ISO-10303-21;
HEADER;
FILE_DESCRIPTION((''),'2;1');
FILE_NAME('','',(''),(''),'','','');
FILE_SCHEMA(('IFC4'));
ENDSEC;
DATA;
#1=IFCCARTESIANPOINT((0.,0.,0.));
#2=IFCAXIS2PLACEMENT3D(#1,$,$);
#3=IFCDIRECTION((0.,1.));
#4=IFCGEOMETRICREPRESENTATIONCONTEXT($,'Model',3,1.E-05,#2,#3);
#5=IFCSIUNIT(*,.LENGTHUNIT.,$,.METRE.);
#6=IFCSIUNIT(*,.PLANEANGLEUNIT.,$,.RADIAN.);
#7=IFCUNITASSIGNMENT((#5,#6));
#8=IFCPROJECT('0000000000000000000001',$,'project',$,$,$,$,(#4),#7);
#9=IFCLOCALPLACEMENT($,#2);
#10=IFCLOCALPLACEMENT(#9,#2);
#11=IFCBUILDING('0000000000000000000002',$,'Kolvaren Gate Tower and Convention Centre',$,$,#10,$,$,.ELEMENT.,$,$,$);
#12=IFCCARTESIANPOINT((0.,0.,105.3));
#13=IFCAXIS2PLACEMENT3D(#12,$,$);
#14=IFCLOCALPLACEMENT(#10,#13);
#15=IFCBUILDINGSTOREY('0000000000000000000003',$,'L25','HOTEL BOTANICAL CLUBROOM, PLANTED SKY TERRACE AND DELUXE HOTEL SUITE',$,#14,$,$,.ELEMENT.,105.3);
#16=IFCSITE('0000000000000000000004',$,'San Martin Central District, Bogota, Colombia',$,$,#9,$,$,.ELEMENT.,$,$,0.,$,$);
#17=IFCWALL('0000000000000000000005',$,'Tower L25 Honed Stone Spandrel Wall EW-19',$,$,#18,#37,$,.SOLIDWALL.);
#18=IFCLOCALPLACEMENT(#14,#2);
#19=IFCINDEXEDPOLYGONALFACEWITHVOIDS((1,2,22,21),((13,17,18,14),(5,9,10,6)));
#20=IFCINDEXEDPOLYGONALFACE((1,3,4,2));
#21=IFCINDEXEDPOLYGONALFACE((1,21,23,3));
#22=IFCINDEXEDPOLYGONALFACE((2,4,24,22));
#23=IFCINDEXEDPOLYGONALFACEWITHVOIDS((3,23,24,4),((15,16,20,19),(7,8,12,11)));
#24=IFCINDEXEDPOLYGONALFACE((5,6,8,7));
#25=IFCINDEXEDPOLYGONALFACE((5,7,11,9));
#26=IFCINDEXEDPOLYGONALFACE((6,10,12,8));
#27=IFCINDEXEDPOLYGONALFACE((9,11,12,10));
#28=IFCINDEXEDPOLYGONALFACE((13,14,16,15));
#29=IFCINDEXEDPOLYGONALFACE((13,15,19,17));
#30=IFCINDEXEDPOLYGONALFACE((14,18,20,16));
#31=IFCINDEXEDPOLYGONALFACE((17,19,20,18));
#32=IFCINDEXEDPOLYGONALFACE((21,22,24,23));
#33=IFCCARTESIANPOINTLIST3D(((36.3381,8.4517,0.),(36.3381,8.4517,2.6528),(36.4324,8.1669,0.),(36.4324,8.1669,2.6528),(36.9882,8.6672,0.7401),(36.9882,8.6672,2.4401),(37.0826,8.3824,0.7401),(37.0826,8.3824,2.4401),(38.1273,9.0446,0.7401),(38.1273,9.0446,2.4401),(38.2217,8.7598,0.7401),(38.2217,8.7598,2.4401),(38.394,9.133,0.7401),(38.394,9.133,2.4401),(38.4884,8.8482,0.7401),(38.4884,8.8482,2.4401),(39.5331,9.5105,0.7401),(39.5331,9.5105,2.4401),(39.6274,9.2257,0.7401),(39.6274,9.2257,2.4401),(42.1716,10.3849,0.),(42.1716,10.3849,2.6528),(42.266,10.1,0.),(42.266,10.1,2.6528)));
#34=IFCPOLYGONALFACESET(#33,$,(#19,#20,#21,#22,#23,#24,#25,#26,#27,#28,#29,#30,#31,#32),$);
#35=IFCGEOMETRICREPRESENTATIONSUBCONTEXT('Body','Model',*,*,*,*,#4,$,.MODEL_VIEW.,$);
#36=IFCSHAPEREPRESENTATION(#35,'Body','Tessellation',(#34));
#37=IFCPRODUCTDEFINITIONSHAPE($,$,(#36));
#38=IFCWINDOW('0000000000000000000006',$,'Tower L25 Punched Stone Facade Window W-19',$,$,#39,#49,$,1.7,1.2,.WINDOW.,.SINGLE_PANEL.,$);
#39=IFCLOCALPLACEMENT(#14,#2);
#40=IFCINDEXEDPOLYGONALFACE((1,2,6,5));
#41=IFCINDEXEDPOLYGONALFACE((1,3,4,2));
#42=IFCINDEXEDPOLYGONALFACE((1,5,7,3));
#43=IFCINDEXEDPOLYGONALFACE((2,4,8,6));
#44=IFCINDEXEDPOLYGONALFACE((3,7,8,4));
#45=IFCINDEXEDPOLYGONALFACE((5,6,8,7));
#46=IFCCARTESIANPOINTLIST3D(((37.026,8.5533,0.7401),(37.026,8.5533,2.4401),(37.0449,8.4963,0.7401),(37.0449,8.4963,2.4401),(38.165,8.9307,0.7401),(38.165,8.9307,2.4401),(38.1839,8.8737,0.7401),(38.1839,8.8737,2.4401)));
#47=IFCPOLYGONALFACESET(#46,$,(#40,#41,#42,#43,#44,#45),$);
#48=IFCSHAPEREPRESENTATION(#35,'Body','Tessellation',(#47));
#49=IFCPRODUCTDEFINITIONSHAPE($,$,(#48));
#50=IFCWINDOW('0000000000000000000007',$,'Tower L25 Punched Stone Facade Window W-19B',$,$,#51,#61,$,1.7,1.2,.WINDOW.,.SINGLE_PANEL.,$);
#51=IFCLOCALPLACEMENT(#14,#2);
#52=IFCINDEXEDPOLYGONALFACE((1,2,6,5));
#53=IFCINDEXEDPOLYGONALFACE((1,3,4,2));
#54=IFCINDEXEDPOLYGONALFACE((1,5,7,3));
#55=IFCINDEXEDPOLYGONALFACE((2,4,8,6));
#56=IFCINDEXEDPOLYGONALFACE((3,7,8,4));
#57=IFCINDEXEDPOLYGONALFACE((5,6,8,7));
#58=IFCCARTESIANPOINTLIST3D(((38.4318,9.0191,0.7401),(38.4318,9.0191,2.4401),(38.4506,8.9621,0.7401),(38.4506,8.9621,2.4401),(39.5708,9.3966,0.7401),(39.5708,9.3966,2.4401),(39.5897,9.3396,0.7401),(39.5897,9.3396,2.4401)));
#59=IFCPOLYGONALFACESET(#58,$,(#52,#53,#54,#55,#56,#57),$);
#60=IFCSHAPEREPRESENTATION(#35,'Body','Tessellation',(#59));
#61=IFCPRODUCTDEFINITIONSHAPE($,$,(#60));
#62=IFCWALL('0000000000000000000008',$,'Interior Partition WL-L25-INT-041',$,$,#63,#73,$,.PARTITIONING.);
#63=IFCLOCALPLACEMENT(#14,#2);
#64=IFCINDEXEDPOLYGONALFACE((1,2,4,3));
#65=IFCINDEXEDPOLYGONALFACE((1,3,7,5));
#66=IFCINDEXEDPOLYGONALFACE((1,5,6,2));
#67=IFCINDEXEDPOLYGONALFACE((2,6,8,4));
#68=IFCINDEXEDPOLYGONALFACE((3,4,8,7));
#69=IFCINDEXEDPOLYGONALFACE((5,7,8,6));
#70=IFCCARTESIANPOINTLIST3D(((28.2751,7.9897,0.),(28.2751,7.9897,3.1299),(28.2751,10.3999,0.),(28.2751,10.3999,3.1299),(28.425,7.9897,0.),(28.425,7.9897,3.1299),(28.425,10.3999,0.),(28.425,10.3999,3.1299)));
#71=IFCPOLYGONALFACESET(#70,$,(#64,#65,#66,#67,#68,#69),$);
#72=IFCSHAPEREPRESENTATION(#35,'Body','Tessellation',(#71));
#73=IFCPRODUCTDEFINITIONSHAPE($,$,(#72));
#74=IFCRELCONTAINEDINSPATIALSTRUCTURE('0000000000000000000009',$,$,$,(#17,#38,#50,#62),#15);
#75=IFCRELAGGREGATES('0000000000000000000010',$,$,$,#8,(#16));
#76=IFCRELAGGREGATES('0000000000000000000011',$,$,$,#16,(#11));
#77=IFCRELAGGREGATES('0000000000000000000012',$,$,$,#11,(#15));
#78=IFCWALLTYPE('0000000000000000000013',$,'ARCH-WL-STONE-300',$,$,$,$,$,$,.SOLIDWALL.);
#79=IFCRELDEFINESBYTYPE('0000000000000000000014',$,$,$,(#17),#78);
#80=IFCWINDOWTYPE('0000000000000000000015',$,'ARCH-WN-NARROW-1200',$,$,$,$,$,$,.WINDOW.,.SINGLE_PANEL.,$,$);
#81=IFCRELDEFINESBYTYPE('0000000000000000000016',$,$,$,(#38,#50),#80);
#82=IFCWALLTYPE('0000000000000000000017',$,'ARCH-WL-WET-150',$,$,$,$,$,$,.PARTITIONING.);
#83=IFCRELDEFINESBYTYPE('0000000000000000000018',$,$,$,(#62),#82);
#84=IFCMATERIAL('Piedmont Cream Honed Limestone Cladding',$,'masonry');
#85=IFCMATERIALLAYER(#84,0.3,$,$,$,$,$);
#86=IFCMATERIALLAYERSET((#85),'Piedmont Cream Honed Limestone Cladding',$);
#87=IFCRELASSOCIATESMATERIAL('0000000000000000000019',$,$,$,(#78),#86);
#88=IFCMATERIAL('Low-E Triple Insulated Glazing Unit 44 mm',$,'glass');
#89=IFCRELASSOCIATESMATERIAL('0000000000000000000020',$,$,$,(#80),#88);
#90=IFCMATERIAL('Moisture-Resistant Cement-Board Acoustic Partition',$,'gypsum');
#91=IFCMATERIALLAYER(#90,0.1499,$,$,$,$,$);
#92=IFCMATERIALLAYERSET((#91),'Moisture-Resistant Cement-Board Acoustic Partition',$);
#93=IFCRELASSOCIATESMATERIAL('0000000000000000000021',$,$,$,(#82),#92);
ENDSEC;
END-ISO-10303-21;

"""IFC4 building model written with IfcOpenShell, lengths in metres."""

from ifc_helpers import new_model, si_unit, direction, frame, frame_2d, origin, place, context, subcontext, project, spatial, rectangle, extrude, material, layer, layer_set, type_object, element, fill, save


model = new_model("IFC4")

# Units and contexts
model_context = context("Model", 3, precision=1e-05, world=origin(), true_north=direction((0.0, 1.0)))
body_context = subcontext(model_context, "Body", "Model", "MODEL_VIEW")
ifc_project = project(units=[si_unit("LENGTHUNIT", "METRE"), si_unit("PLANEANGLEUNIT", "RADIAN")], contexts=[model_context])

# Site, building, storey
site_placement = place(None, origin())
site = spatial("IfcSite", under=ifc_project, at=site_placement, Name="San Martin Central District, Bogota, Colombia", CompositionType="ELEMENT", RefElevation=0.0)
building_placement = place(site_placement, origin())
building = spatial("IfcBuilding", under=site, at=building_placement, Name="Kolvaren Gate Tower and Convention Centre", CompositionType="ELEMENT")
storey_placement = place(building_placement, frame((0.0, 0.0, 105.3)))
storey = spatial("IfcBuildingStorey", under=building, at=storey_placement, Name="L25", Description="HOTEL BOTANICAL CLUBROOM, PLANTED SKY TERRACE AND DELUXE HOTEL SUITE", CompositionType="ELEMENT", Elevation=105.3)

# Shared definitions
ifc_material_1 = material(Name="Piedmont Cream Honed Limestone Cladding", Category="masonry")
ifc_layer_1 = layer(ifc_material_1, 0.3)
ifc_layer_set_1 = layer_set([ifc_layer_1], Name="Piedmont Cream Honed Limestone Cladding")
wall_type_1 = type_object("IfcWallType", Name="ARCH-WL-STONE-300", PredefinedType="SOLIDWALL", material=ifc_layer_set_1)
ifc_material_2 = material(Name="Low-E Triple Insulated Glazing Unit 44 mm", Category="glass")

# Wall, openings, windows
wall_1_placement = place(storey_placement, frame((36.3853, 8.3093, 0.0), z_axis=(0.0, 0.0, 1.0), x_axis=(0.949238, 0.314559, 0.0)))
wall_1 = element("IfcWall", 1, at=wall_1_placement, inside=storey, type_object=wall_type_1, Name="Tower L25 Honed Stone Spandrel Wall EW-19", PredefinedType="SOLIDWALL", context=body_context, shape_type="SweptSolid", body=[
    extrude(rectangle(XDim=6.1455, YDim=0.3, at=frame_2d((3.0728, 0.0))), origin(), (0.0, 0.0, 1.0), 2.6528),
])
opening_1_placement = place(wall_1_placement, frame((0.6848, 0.0, 0.74)))
opening_1 = element("IfcOpeningElement", 2, at=opening_1_placement, cuts=wall_1, PredefinedType="OPENING", context=body_context, shape_type="SweptSolid", body=[
    extrude(rectangle(XDim=1.2, YDim=1.7, at=frame_2d((0.6001, 0.8501))), frame((0.0, 0.1599, 0.0), z_axis=(0.0, -1.0, 0.0), x_axis=(1.0, 0.0, 0.0)), (0.0, 0.0, 1.0), 0.3201),
])
opening_2_placement = place(wall_1_placement, frame((2.1658, 0.0, 0.74)))
opening_2 = element("IfcOpeningElement", 3, at=opening_2_placement, cuts=wall_1, PredefinedType="OPENING", context=body_context, shape_type="SweptSolid", body=[
    extrude(rectangle(XDim=1.2, YDim=1.7, at=frame_2d((0.6001, 0.8501))), frame((0.0, 0.1599, 0.0), z_axis=(0.0, -1.0, 0.0), x_axis=(1.0, 0.0, 0.0)), (0.0, 0.0, 1.0), 0.3201),
])
window_type_1 = type_object("IfcWindowType", Name="ARCH-WN-NARROW-1200", PartitioningType="SINGLE_PANEL", PredefinedType="WINDOW", material=ifc_material_2)
window_1_placement = place(opening_1_placement, origin())
window_1 = element("IfcWindow", 4, at=window_1_placement, inside=storey, type_object=window_type_1, Name="Tower L25 Punched Stone Facade Window W-19", OverallHeight=1.7, OverallWidth=1.2, PartitioningType="SINGLE_PANEL", PredefinedType="WINDOW", context=body_context, shape_type="SweptSolid", body=[
    extrude(rectangle(XDim=1.2, YDim=1.7, at=frame_2d((0.6001, 0.8501))), frame((0.0, 0.03, 0.0), z_axis=(0.0, -1.0, 0.0), x_axis=(1.0, 0.0, 0.0)), (0.0, 0.0, 1.0), 0.0601),
])
fill(opening_1, window_1)
window_2_placement = place(opening_2_placement, origin())
window_2 = element("IfcWindow", 5, at=window_2_placement, inside=storey, type_object=window_type_1, Name="Tower L25 Punched Stone Facade Window W-19B", OverallHeight=1.7, OverallWidth=1.2, PartitioningType="SINGLE_PANEL", PredefinedType="WINDOW", context=body_context, shape_type="SweptSolid", body=[
    extrude(rectangle(XDim=1.2, YDim=1.7, at=frame_2d((0.6001, 0.8501))), frame((0.0, 0.03, 0.0), z_axis=(0.0, -1.0, 0.0), x_axis=(1.0, 0.0, 0.0)), (0.0, 0.0, 1.0), 0.0601),
])
fill(opening_2, window_2)

# Wall
ifc_material_3 = material(Name="Moisture-Resistant Cement-Board Acoustic Partition", Category="gypsum")
ifc_layer_2 = layer(ifc_material_3, 0.1499)
ifc_layer_set_2 = layer_set([ifc_layer_2], Name="Moisture-Resistant Cement-Board Acoustic Partition")
wall_type_2 = type_object("IfcWallType", Name="ARCH-WL-WET-150", PredefinedType="PARTITIONING", material=ifc_layer_set_2)
wall_2_placement = place(storey_placement, frame((28.3501, 7.9897, 0.0), z_axis=(0.0, 0.0, 1.0), x_axis=(0.0, 1.0, 0.0)))
element("IfcWall", 6, at=wall_2_placement, inside=storey, type_object=wall_type_2, Name="Interior Partition WL-L25-INT-041", PredefinedType="PARTITIONING", context=body_context, shape_type="SweptSolid", body=[
    extrude(rectangle(XDim=2.4102, YDim=0.1499, at=frame_2d((1.2051, 0.0))), origin(), (0.0, 0.0, 1.0), 3.1299),
])

save(model, "model.ifc")
